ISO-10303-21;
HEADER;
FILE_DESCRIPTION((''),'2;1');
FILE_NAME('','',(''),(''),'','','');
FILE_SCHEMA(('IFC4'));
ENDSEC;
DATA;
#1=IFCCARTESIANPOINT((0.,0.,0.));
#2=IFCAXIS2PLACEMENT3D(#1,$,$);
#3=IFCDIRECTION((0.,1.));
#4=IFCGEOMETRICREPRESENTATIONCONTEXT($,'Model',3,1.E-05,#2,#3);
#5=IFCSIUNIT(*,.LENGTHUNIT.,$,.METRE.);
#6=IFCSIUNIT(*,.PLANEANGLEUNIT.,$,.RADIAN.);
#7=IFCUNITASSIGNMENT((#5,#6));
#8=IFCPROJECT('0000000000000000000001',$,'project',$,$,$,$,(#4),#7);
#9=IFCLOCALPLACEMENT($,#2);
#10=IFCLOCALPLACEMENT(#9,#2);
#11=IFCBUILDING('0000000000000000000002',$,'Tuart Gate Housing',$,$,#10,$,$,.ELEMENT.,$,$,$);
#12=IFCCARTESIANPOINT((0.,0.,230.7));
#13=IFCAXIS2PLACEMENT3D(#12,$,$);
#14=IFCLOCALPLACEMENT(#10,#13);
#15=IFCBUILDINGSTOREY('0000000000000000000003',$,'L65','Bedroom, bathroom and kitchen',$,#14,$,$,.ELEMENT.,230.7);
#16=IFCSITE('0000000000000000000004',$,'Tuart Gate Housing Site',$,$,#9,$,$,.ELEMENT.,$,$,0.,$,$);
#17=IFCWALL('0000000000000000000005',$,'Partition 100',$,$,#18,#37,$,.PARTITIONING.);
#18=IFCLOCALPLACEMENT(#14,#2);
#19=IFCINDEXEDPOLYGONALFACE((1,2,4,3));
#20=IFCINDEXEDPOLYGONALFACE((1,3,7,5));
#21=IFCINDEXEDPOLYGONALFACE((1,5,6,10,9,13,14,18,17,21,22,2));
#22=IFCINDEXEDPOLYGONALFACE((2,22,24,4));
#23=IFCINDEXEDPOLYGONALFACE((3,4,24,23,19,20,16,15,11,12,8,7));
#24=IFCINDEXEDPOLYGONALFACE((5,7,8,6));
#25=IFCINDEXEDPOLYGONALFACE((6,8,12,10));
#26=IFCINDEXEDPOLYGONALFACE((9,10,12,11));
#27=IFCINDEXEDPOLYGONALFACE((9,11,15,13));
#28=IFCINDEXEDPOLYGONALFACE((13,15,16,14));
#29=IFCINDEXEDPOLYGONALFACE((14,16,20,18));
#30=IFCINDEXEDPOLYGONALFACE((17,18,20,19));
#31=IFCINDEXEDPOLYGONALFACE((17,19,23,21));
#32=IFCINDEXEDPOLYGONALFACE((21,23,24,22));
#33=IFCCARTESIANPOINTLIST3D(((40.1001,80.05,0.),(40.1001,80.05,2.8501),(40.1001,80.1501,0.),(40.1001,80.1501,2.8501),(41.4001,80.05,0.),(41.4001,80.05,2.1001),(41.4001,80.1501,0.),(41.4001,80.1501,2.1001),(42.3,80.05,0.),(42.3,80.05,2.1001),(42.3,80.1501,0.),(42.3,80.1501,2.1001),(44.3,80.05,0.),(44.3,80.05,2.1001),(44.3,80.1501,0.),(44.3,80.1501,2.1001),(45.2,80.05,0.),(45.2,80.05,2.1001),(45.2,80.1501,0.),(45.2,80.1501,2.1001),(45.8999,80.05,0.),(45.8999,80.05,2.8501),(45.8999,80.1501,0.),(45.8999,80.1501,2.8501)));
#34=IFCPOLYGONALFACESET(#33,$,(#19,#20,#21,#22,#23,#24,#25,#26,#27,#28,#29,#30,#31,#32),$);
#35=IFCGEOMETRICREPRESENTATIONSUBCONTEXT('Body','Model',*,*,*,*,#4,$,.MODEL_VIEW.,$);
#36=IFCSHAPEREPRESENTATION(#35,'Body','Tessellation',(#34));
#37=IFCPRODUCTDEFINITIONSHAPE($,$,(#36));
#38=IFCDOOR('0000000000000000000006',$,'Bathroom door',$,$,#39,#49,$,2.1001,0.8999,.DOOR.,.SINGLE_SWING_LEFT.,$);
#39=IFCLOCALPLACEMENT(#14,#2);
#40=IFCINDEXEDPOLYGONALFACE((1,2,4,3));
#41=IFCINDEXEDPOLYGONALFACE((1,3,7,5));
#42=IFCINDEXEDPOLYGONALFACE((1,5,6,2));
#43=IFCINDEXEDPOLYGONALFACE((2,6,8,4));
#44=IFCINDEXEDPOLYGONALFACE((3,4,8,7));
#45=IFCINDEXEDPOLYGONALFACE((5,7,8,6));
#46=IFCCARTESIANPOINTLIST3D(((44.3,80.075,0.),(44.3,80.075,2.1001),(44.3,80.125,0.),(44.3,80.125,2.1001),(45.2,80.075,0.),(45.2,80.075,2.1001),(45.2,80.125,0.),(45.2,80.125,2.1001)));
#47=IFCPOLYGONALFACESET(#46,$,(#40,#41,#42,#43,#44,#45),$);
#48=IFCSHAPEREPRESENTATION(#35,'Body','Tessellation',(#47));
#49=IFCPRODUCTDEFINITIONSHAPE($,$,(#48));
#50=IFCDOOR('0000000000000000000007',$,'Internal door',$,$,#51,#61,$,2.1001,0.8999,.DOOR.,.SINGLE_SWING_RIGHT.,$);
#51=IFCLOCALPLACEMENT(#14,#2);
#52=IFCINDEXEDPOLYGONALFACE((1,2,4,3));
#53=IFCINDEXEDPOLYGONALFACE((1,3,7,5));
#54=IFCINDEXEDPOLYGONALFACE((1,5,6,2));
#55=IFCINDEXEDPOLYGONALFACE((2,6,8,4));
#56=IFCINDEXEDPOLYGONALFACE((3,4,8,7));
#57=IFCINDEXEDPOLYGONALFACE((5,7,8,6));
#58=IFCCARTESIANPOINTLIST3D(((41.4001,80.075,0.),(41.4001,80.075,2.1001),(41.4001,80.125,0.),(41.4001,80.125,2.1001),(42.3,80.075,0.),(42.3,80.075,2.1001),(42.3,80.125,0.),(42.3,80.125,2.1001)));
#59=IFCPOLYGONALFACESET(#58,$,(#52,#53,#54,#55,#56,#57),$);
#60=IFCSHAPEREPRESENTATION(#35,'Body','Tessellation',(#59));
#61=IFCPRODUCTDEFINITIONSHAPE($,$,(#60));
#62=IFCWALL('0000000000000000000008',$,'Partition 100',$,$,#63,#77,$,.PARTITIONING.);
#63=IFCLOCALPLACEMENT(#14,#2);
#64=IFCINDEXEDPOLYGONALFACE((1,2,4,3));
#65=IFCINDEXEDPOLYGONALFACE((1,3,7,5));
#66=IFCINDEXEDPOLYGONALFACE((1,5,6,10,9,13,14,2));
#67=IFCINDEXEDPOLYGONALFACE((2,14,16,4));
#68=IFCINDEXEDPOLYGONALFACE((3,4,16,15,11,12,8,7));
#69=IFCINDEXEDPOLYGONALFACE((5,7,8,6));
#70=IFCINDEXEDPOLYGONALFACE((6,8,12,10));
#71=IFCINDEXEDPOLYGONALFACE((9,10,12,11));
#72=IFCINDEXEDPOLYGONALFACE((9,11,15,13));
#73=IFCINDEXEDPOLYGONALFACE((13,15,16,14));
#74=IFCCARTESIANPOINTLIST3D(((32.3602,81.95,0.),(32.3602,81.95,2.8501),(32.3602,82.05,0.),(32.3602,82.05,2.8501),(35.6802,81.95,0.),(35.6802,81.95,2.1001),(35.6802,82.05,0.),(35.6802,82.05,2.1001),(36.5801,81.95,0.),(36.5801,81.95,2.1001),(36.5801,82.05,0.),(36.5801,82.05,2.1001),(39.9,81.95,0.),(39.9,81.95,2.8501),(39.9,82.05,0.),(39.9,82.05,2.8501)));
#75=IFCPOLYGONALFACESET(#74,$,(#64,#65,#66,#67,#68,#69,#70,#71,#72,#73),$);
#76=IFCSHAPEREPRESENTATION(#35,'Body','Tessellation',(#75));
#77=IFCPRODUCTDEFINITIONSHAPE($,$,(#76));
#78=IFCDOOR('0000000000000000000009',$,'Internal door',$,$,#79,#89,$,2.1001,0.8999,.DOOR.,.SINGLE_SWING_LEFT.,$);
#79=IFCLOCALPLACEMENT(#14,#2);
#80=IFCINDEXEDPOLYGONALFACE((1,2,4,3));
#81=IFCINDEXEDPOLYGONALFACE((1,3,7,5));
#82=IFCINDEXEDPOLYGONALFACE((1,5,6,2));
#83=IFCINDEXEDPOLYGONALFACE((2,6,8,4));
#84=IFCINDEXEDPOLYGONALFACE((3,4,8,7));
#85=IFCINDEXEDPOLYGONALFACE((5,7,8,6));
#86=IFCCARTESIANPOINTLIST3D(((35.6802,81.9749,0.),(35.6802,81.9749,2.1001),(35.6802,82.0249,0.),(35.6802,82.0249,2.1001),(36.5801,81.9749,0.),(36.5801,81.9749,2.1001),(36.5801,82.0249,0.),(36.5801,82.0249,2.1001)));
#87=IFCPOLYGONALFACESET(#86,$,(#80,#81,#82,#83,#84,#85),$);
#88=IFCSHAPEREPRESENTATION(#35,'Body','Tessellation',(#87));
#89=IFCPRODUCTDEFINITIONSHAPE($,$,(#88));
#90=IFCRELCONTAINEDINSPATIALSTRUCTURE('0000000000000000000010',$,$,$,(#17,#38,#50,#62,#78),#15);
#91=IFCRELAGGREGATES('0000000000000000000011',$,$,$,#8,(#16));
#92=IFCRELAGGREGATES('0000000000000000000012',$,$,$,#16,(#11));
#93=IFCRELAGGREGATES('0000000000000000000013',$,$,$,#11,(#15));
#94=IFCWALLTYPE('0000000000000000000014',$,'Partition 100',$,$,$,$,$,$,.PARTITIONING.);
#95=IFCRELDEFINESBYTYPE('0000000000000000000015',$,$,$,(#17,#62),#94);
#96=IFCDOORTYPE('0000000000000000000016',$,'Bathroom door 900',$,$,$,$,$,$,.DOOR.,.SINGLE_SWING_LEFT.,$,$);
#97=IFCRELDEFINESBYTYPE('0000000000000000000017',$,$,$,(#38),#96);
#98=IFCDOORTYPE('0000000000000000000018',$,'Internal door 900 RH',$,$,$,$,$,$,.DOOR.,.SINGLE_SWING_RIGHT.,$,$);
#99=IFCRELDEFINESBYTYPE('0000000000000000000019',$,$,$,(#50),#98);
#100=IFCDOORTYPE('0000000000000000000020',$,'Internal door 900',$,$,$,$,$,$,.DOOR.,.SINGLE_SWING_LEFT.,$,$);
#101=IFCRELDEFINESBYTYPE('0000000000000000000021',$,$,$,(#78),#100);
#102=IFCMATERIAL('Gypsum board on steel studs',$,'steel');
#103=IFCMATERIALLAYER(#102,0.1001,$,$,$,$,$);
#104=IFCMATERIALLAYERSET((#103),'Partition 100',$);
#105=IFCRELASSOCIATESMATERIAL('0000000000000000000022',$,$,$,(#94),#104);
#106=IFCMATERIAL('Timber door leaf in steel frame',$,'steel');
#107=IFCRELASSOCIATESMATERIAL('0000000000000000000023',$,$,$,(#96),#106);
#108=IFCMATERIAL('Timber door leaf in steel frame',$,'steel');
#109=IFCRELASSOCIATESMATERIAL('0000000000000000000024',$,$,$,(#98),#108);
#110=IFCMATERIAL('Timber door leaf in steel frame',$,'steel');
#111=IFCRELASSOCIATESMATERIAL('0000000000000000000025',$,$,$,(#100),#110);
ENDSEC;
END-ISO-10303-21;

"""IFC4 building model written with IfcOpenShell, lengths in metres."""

from ifc_helpers import new_model, si_unit, direction, frame, frame_2d, origin, place, context, subcontext, project, spatial, rectangle, extrude, material, layer, layer_set, type_object, element, fill, save


model = new_model("IFC4")

# Units and contexts
model_context = context("Model", 3, precision=1e-05, world=origin(), true_north=direction((0.0, 1.0)))
body_context = subcontext(model_context, "Body", "Model", "MODEL_VIEW")
ifc_project = project(units=[si_unit("LENGTHUNIT", "METRE"), si_unit("PLANEANGLEUNIT", "RADIAN")], contexts=[model_context])

# Site, building, storey
site_placement = place(None, origin())
site = spatial("IfcSite", under=ifc_project, at=site_placement, Name="Tuart Gate Housing Site", CompositionType="ELEMENT", RefElevation=0.0)
building_placement = place(site_placement, origin())
building = spatial("IfcBuilding", under=site, at=building_placement, Name="Tuart Gate Housing", CompositionType="ELEMENT")
storey_placement = place(building_placement, frame((0.0, 0.0, 230.7)))
storey = spatial("IfcBuildingStorey", under=building, at=storey_placement, Name="L65", Description="Bedroom, bathroom and kitchen", CompositionType="ELEMENT", Elevation=230.7)

# Wall, openings, doors
ifc_material_1 = material(Name="Gypsum board on steel studs", Category="steel")
ifc_layer_1 = layer(ifc_material_1, 0.1001)
ifc_layer_set_1 = layer_set([ifc_layer_1], Name="Partition 100")
wall_type_1 = type_object("IfcWallType", Name="Partition 100", PredefinedType="PARTITIONING", material=ifc_layer_set_1)
wall_1_placement = place(storey_placement, frame((40.1001, 80.1001, 0.0), z_axis=(0.0, 0.0, 1.0), x_axis=(1.0, 0.0, 0.0)))
wall_1 = element("IfcWall", 1, at=wall_1_placement, inside=storey, type_object=wall_type_1, Name="Partition 100", PredefinedType="PARTITIONING", context=body_context, shape_type="SweptSolid", body=[
    extrude(rectangle(XDim=5.7998, YDim=0.1001, at=frame_2d((2.8999, 0.0))), origin(), (0.0, 0.0, 1.0), 2.8501),
])
opening_1_placement = place(wall_1_placement, frame((1.3, 0.0, 0.0)))
opening_1 = element("IfcOpeningElement", 2, at=opening_1_placement, cuts=wall_1, PredefinedType="OPENING", context=body_context, shape_type="SweptSolid", body=[
    extrude(rectangle(XDim=0.8999, YDim=2.1001, at=frame_2d((0.45, 1.05))), frame((0.0, 0.0601, 0.0), z_axis=(0.0, -1.0, 0.0), x_axis=(1.0, 0.0, 0.0)), (0.0, 0.0, 1.0), 0.1201),
])
opening_2_placement = place(wall_1_placement, frame((4.2, 0.0, 0.0)))
opening_2 = element("IfcOpeningElement", 3, at=opening_2_placement, cuts=wall_1, PredefinedType="OPENING", context=body_context, shape_type="SweptSolid", body=[
    extrude(rectangle(XDim=0.8999, YDim=2.1001, at=frame_2d((0.45, 1.05))), frame((0.0, 0.0601, 0.0), z_axis=(0.0, -1.0, 0.0), x_axis=(1.0, 0.0, 0.0)), (0.0, 0.0, 1.0), 0.1201),
])
ifc_material_2 = material(Name="Timber door leaf in steel frame", Category="steel")
door_type_1 = type_object("IfcDoorType", Name="Bathroom door 900", OperationType="SINGLE_SWING_LEFT", PredefinedType="DOOR", material=ifc_material_2)
door_1_placement = place(opening_2_placement, origin())
door_1 = element("IfcDoor", 4, at=door_1_placement, inside=storey, type_object=door_type_1, Name="Bathroom door", OperationType="SINGLE_SWING_LEFT", OverallHeight=2.1001, OverallWidth=0.8999, PredefinedType="DOOR", context=body_context, shape_type="SweptSolid", body=[
    extrude(rectangle(XDim=0.8999, YDim=2.1001, at=frame_2d((0.45, 1.05))), frame((0.0, 0.0249, 0.0), z_axis=(0.0, -1.0, 0.0), x_axis=(1.0, 0.0, 0.0)), (0.0, 0.0, 1.0), 0.05),
])
fill(opening_2, door_1)
ifc_material_3 = material(Name="Timber door leaf in steel frame", Category="steel")
door_type_2 = type_object("IfcDoorType", Name="Internal door 900 RH", OperationType="SINGLE_SWING_RIGHT", PredefinedType="DOOR", material=ifc_material_3)
door_2_placement = place(opening_1_placement, origin())
door_2 = element("IfcDoor", 5, at=door_2_placement, inside=storey, type_object=door_type_2, Name="Internal door", OperationType="SINGLE_SWING_RIGHT", OverallHeight=2.1001, OverallWidth=0.8999, PredefinedType="DOOR", context=body_context, shape_type="SweptSolid", body=[
    extrude(rectangle(XDim=0.8999, YDim=2.1001, at=frame_2d((0.45, 1.05))), frame((0.0, 0.0249, 0.0), z_axis=(0.0, -1.0, 0.0), x_axis=(1.0, 0.0, 0.0)), (0.0, 0.0, 1.0), 0.05),
])
fill(opening_1, door_2)

# Wall, opening, door
wall_2_placement = place(storey_placement, frame((32.3601, 82.0, 0.0), z_axis=(0.0, 0.0, 1.0), x_axis=(1.0, 0.0, 0.0)))
wall_2 = element("IfcWall", 6, at=wall_2_placement, inside=storey, type_object=wall_type_1, Name="Partition 100", PredefinedType="PARTITIONING", context=body_context, shape_type="SweptSolid", body=[
    extrude(rectangle(XDim=7.5398, YDim=0.1001, at=frame_2d((3.77, 0.0))), origin(), (0.0, 0.0, 1.0), 2.8501),
])
opening_3_placement = place(wall_2_placement, frame((3.3201, 0.0, 0.0)))
opening_3 = element("IfcOpeningElement", 7, at=opening_3_placement, cuts=wall_2, PredefinedType="OPENING", context=body_context, shape_type="SweptSolid", body=[
    extrude(rectangle(XDim=0.8999, YDim=2.1001, at=frame_2d((0.45, 1.05))), frame((0.0, 0.0601, 0.0), z_axis=(0.0, -1.0, 0.0), x_axis=(1.0, 0.0, 0.0)), (0.0, 0.0, 1.0), 0.1201),
])
ifc_material_4 = material(Name="Timber door leaf in steel frame", Category="steel")
door_type_3 = type_object("IfcDoorType", Name="Internal door 900", OperationType="SINGLE_SWING_LEFT", PredefinedType="DOOR", material=ifc_material_4)
door_3_placement = place(opening_3_placement, origin())
door_3 = element("IfcDoor", 8, at=door_3_placement, inside=storey, type_object=door_type_3, Name="Internal door", OperationType="SINGLE_SWING_LEFT", OverallHeight=2.1001, OverallWidth=0.8999, PredefinedType="DOOR", context=body_context, shape_type="SweptSolid", body=[
    extrude(rectangle(XDim=0.8999, YDim=2.1001, at=frame_2d((0.45, 1.05))), frame((0.0, 0.0249, 0.0), z_axis=(0.0, -1.0, 0.0), x_axis=(1.0, 0.0, 0.0)), (0.0, 0.0, 1.0), 0.05),
])
fill(opening_3, door_3)

save(model, "model.ifc")
